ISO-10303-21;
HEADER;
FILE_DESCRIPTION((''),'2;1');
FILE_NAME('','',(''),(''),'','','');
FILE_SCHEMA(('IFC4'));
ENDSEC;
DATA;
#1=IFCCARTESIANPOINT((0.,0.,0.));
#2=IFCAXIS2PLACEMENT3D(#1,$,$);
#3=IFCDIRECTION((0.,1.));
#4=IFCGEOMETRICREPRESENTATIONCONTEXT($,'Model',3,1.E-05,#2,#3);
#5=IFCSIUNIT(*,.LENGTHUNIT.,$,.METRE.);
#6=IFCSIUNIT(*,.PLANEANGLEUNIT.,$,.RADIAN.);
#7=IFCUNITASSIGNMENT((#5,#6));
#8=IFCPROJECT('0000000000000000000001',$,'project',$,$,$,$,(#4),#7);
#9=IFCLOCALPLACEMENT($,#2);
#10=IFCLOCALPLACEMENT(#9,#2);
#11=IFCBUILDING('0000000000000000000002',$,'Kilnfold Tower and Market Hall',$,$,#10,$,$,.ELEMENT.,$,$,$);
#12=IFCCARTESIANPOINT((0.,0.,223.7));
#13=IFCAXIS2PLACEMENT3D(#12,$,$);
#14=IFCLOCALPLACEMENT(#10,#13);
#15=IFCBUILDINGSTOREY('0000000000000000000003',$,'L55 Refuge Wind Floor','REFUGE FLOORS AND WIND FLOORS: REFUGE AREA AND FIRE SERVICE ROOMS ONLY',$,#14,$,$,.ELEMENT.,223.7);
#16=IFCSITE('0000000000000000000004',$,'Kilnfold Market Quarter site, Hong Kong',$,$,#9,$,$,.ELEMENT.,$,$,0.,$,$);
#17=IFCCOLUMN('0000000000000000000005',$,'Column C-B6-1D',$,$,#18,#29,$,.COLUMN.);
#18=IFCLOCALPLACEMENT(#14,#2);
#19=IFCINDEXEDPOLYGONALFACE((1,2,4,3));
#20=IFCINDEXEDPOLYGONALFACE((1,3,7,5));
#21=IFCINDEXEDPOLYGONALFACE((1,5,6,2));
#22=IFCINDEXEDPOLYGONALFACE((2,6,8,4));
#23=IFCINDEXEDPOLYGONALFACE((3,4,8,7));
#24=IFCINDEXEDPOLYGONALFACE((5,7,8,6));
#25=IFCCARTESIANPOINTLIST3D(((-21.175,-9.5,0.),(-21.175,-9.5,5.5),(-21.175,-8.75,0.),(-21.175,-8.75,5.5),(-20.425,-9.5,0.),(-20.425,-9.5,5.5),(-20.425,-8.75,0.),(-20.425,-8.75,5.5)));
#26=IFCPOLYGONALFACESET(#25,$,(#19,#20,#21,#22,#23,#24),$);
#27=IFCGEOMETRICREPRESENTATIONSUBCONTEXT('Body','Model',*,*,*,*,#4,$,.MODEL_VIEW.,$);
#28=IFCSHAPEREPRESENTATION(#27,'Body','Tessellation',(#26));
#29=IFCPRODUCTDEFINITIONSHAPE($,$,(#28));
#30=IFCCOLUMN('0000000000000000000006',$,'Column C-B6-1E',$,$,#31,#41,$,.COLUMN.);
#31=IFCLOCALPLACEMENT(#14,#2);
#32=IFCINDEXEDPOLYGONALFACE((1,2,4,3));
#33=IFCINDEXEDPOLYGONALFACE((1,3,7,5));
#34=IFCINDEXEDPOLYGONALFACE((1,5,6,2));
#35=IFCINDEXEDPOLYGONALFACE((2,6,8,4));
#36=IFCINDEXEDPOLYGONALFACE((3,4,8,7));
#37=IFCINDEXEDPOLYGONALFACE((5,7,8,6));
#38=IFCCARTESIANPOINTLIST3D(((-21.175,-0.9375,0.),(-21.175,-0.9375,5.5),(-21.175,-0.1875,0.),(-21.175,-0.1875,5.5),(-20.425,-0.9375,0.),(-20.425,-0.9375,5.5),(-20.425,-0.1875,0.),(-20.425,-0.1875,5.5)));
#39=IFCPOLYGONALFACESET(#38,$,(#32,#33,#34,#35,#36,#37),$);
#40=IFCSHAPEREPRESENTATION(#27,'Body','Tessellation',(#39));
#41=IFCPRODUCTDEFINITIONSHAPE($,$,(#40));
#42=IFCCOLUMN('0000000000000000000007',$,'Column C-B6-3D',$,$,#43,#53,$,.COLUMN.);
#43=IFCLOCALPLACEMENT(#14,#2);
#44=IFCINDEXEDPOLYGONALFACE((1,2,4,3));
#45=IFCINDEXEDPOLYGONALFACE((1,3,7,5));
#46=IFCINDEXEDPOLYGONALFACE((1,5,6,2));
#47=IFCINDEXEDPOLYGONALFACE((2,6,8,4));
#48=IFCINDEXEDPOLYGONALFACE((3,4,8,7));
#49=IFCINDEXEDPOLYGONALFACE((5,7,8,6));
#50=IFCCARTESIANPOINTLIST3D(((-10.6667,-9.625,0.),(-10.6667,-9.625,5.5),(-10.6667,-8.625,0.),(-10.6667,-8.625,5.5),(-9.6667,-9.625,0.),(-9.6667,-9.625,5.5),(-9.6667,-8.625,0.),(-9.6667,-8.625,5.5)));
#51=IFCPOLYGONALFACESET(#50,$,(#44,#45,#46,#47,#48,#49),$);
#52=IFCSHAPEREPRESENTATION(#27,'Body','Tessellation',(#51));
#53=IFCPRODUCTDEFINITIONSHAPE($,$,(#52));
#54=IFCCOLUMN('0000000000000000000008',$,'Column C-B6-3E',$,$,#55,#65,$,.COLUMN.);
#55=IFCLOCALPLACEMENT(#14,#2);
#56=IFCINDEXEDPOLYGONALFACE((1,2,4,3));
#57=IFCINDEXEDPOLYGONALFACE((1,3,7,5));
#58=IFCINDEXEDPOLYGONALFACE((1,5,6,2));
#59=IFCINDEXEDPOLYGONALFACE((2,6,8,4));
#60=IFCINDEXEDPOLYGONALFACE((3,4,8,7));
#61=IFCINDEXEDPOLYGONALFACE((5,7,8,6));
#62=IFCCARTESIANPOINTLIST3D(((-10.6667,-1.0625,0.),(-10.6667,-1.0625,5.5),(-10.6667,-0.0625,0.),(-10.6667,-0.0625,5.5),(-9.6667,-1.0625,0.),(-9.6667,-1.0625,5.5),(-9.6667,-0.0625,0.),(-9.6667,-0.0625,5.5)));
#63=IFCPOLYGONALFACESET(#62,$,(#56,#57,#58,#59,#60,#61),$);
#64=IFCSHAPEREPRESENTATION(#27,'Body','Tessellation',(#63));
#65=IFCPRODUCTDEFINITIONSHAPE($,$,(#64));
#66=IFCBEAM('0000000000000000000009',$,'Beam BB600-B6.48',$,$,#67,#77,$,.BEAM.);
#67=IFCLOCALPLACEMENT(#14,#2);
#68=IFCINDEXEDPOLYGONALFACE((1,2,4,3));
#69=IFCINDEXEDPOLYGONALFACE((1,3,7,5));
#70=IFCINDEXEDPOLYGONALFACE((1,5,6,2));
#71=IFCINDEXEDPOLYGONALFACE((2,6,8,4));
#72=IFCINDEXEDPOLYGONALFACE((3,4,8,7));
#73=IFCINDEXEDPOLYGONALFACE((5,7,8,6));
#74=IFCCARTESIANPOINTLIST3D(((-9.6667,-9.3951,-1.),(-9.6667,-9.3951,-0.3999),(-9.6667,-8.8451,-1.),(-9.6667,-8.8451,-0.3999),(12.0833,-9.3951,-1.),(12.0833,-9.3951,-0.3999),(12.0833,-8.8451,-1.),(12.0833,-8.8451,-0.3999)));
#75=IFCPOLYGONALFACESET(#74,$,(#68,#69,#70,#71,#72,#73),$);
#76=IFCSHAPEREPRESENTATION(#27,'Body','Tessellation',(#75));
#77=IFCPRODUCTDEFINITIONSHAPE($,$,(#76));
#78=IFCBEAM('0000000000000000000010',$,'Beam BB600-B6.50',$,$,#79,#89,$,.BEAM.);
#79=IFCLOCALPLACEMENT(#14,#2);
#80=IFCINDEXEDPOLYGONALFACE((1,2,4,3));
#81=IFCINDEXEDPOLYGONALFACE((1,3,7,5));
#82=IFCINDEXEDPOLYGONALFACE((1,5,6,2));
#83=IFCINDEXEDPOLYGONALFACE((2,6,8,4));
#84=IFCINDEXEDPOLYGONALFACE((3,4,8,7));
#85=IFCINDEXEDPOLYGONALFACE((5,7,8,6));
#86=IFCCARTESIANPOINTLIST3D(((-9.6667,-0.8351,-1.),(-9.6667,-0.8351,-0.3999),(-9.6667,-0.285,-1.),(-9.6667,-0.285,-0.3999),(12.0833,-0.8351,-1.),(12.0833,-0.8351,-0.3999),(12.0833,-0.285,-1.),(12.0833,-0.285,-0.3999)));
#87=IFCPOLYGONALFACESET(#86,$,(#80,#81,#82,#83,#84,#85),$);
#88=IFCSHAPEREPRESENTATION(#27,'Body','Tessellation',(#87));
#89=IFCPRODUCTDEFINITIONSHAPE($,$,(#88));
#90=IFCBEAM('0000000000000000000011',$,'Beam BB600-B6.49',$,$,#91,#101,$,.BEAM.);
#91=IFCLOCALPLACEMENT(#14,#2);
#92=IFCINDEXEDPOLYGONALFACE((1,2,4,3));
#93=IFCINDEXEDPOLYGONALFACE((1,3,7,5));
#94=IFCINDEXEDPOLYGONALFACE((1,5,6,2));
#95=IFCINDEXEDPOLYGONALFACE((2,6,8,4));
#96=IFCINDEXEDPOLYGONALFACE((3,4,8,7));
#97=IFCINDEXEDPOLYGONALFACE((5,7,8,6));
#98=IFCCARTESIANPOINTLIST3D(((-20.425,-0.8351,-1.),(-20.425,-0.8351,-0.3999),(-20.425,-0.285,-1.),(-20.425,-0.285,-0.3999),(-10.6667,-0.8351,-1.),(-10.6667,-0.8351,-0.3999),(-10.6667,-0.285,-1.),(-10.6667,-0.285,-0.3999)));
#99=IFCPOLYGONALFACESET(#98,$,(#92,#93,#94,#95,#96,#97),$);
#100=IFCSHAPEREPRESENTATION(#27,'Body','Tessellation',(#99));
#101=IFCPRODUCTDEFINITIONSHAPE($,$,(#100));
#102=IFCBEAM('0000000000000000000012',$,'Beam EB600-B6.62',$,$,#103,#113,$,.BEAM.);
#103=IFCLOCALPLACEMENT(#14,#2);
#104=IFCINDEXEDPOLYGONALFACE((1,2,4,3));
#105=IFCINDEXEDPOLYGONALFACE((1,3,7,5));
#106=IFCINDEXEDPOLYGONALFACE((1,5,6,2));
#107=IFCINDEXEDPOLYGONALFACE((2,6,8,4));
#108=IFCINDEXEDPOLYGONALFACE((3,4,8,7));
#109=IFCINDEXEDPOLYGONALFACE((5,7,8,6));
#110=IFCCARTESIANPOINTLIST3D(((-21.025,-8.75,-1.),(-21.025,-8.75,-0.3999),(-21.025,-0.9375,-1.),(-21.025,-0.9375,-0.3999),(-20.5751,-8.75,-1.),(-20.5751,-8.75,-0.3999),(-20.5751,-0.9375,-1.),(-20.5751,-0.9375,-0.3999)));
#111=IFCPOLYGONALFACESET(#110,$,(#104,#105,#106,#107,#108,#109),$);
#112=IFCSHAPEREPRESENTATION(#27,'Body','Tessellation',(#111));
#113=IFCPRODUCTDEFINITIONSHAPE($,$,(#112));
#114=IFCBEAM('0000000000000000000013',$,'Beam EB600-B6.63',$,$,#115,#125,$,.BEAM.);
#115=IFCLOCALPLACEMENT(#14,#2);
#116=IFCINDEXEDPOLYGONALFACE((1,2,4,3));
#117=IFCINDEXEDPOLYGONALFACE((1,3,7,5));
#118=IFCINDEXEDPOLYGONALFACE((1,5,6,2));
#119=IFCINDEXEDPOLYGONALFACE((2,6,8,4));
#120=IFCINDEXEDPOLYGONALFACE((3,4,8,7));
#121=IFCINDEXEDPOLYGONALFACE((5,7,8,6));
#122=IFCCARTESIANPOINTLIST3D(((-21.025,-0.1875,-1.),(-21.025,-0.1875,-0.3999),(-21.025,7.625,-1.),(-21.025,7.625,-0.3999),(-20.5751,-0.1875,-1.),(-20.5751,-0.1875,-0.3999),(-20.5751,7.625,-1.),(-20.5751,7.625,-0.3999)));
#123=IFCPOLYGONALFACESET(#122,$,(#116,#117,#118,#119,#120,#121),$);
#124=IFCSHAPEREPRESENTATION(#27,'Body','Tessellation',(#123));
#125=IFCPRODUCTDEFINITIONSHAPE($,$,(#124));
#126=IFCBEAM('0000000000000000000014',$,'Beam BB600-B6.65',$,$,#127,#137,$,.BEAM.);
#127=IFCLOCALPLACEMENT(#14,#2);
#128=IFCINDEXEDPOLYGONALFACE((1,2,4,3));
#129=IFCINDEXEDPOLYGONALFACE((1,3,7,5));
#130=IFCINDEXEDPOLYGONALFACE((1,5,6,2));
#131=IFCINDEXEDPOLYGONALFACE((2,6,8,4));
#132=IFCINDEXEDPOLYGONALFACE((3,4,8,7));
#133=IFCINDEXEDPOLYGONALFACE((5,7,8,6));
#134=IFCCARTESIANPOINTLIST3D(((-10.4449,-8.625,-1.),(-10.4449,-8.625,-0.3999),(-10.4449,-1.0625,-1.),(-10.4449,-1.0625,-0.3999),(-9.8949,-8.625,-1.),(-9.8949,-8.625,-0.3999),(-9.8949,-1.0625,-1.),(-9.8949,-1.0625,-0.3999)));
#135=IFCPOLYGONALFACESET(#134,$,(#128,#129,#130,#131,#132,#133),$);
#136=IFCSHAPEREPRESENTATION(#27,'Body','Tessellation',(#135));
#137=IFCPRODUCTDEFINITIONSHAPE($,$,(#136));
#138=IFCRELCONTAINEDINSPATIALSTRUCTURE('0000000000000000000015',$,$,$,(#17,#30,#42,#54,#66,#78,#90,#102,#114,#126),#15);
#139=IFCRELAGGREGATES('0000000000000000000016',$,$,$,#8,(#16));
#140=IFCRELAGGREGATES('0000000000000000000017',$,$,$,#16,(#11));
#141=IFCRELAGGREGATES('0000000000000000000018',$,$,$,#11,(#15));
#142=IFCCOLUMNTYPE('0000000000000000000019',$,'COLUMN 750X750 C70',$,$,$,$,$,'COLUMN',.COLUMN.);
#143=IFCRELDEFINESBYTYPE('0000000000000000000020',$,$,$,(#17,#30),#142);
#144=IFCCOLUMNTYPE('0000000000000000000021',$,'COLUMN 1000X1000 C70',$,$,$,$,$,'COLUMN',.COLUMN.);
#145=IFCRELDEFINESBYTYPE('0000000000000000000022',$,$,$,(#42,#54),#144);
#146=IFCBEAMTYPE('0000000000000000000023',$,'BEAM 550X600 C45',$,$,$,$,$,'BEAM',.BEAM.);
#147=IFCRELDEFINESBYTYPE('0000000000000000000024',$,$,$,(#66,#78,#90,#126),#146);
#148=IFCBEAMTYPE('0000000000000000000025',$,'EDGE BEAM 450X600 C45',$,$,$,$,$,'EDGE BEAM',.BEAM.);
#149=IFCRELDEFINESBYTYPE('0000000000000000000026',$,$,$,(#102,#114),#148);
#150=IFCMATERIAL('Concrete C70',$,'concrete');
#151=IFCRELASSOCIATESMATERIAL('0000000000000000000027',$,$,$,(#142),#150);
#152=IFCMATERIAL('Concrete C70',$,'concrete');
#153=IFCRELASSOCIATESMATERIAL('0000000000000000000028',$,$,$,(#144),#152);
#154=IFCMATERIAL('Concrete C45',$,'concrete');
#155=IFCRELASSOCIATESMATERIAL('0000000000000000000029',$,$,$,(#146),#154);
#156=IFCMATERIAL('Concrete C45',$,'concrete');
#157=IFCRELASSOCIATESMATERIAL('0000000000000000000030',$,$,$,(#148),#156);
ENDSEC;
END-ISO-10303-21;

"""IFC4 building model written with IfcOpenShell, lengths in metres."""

from ifc_helpers import new_model, si_unit, direction, frame, origin, origin_2d, place, context, subcontext, project, spatial, rectangle, extrude, source, transform, mapped, material, material_profile, profile_set, type_object, element, save


model = new_model("IFC4")

# Units and contexts
model_context = context("Model", 3, precision=1e-05, world=origin(), true_north=direction((0.0, 1.0)))
body_context = subcontext(model_context, "Body", "Model", "MODEL_VIEW")
ifc_project = project(units=[si_unit("LENGTHUNIT", "METRE"), si_unit("PLANEANGLEUNIT", "RADIAN")], contexts=[model_context])

# Site, building, storey
site_placement = place(None, origin())
site = spatial("IfcSite", under=ifc_project, at=site_placement, Name="Kilnfold Market Quarter site, Hong Kong", CompositionType="ELEMENT", RefElevation=0.0)
building_placement = place(site_placement, origin())
building = spatial("IfcBuilding", under=site, at=building_placement, Name="Kilnfold Tower and Market Hall", CompositionType="ELEMENT")
storey_placement = place(building_placement, frame((0.0, 0.0, 223.7)))
storey = spatial("IfcBuildingStorey", under=building, at=storey_placement, Name="L55 Refuge Wind Floor", Description="REFUGE FLOORS AND WIND FLOORS: REFUGE AREA AND FIRE SERVICE ROOMS ONLY", CompositionType="ELEMENT", Elevation=223.7)

# Columns
ifc_material_1 = material(Name="Concrete C70", Category="concrete")
ifc_material_profile_1 = material_profile(ifc_material_1, rectangle(XDim=0.75, YDim=0.75, at=origin_2d()), Name="RC 750x750")
ifc_profile_set_1 = profile_set([ifc_material_profile_1], Name="Concrete C70")
column_type_1 = type_object("IfcColumnType", Name="COLUMN 750X750 C70", ElementType="COLUMN", PredefinedType="COLUMN", material=ifc_profile_set_1)
shared_shape_1 = source(origin(), body_context, "Body", "SweptSolid", [
    extrude(rectangle(XDim=0.75, YDim=0.75, at=origin_2d()), origin(), (0.0, 0.0, 1.0), 5.5),
])
for number, where, z_axis, x_axis, name in (
    (1, (-20.8, -9.125, 0.0), (0.0, 0.0, 1.0), (1.0, 0.0, 0.0), "Column C-B6-1D"),
    (2, (-20.8, -0.5625, 0.0), (0.0, 0.0, 1.0), (1.0, 0.0, 0.0), "Column C-B6-1E"),
):
    element("IfcColumn", number, at=place(storey_placement, frame(where, z_axis=z_axis, x_axis=x_axis)), inside=storey, type_object=column_type_1, Name=name, PredefinedType="COLUMN", context=body_context, shape_type="MappedRepresentation", body=[
        mapped(shared_shape_1, transform((0.0, 0.0, 0.0))),
    ])
ifc_material_2 = material(Name="Concrete C70", Category="concrete")
ifc_material_profile_2 = material_profile(ifc_material_2, rectangle(XDim=1.0, YDim=1.0, at=origin_2d()), Name="RC 1000x1000")
ifc_profile_set_2 = profile_set([ifc_material_profile_2], Name="Concrete C70")
column_type_2 = type_object("IfcColumnType", Name="COLUMN 1000X1000 C70", ElementType="COLUMN", PredefinedType="COLUMN", material=ifc_profile_set_2)
shared_shape_2 = source(origin(), body_context, "Body", "SweptSolid", [
    extrude(rectangle(XDim=1.0, YDim=1.0, at=origin_2d()), origin(), (0.0, 0.0, 1.0), 5.5),
])
for number, where, z_axis, x_axis, name in (
    (3, (-10.1667, -9.125, 0.0), (0.0, 0.0, 1.0), (1.0, 0.0, 0.0), "Column C-B6-3D"),
    (4, (-10.1667, -0.5625, 0.0), (0.0, 0.0, 1.0), (1.0, 0.0, 0.0), "Column C-B6-3E"),
):
    element("IfcColumn", number, at=place(storey_placement, frame(where, z_axis=z_axis, x_axis=x_axis)), inside=storey, type_object=column_type_2, Name=name, PredefinedType="COLUMN", context=body_context, shape_type="MappedRepresentation", body=[
        mapped(shared_shape_2, transform((0.0, 0.0, 0.0))),
    ])

# Beams
ifc_material_3 = material(Name="Concrete C45", Category="concrete")
ifc_material_profile_3 = material_profile(ifc_material_3, rectangle(XDim=0.55, YDim=0.6001, at=origin_2d()), Name="RC 550x600")
ifc_profile_set_3 = profile_set([ifc_material_profile_3], Name="Concrete C45")
beam_type_1 = type_object("IfcBeamType", Name="BEAM 550X600 C45", ElementType="BEAM", PredefinedType="BEAM", material=ifc_profile_set_3)
shared_shape_3 = source(origin(), body_context, "Body", "SweptSolid", [
    extrude(rectangle(XDim=0.55, YDim=0.6001, at=origin_2d()), origin(), (0.0, 0.0, 1.0), 21.75),
])
for number, where, z_axis, x_axis, name in (
    (5, (-9.6667, -9.1201, -0.7), (1.0, 0.0, 0.0), (0.0, 1.0, 0.0), "Beam BB600-B6.48"),
    (6, (-9.6667, -0.5601, -0.7), (1.0, 0.0, 0.0), (0.0, 1.0, 0.0), "Beam BB600-B6.50"),
):
    element("IfcBeam", number, at=place(storey_placement, frame(where, z_axis=z_axis, x_axis=x_axis)), inside=storey, type_object=beam_type_1, Name=name, PredefinedType="BEAM", context=body_context, shape_type="MappedRepresentation", body=[
        mapped(shared_shape_3, transform((0.0, 0.0, 0.0))),
    ])
shared_shape_4 = source(origin(), body_context, "Body", "SweptSolid", [
    extrude(rectangle(XDim=0.55, YDim=0.6001, at=origin_2d()), origin(), (0.0, 0.0, 1.0), 9.7583),
])
beam_1_placement = place(storey_placement, frame((-20.425, -0.5601, -0.7), z_axis=(1.0, 0.0, 0.0), x_axis=(0.0, 1.0, 0.0)))
element("IfcBeam", 7, at=beam_1_placement, inside=storey, type_object=beam_type_1, Name="Beam BB600-B6.49", PredefinedType="BEAM", context=body_context, shape_type="MappedRepresentation", body=[
    mapped(shared_shape_4, transform((0.0, 0.0, 0.0))),
])
ifc_material_4 = material(Name="Concrete C45", Category="concrete")
ifc_material_profile_4 = material_profile(ifc_material_4, rectangle(XDim=0.45, YDim=0.6001, at=origin_2d()), Name="RC 450x600")
ifc_profile_set_4 = profile_set([ifc_material_profile_4], Name="Concrete C45")
beam_type_2 = type_object("IfcBeamType", Name="EDGE BEAM 450X600 C45", ElementType="EDGE BEAM", PredefinedType="BEAM", material=ifc_profile_set_4)
shared_shape_5 = source(origin(), body_context, "Body", "SweptSolid", [
    extrude(rectangle(XDim=0.45, YDim=0.6001, at=origin_2d()), origin(), (0.0, 0.0, 1.0), 7.8125),
])
for number, where, z_axis, x_axis, name in (
    (8, (-20.8, -8.75, -0.7), (0.0, 1.0, 0.0), (-1.0, 0.0, 0.0), "Beam EB600-B6.62"),
    (9, (-20.8, -0.1875, -0.7), (0.0, 1.0, 0.0), (-1.0, 0.0, 0.0), "Beam EB600-B6.63"),
):
    element("IfcBeam", number, at=place(storey_placement, frame(where, z_axis=z_axis, x_axis=x_axis)), inside=storey, type_object=beam_type_2, Name=name, PredefinedType="BEAM", context=body_context, shape_type="MappedRepresentation", body=[
        mapped(shared_shape_5, transform((0.0, 0.0, 0.0))),
    ])
shared_shape_6 = source(origin(), body_context, "Body", "SweptSolid", [
    extrude(rectangle(XDim=0.55, YDim=0.6001, at=origin_2d()), origin(), (0.0, 0.0, 1.0), 7.5625),
])
beam_2_placement = place(storey_placement, frame((-10.1699, -8.625, -0.7), z_axis=(0.0, 1.0, 0.0), x_axis=(-1.0, 0.0, 0.0)))
element("IfcBeam", 10, at=beam_2_placement, inside=storey, type_object=beam_type_1, Name="Beam BB600-B6.65", PredefinedType="BEAM", context=body_context, shape_type="MappedRepresentation", body=[
    mapped(shared_shape_6, transform((0.0, 0.0, 0.0))),
])

save(model, "model.ifc")
